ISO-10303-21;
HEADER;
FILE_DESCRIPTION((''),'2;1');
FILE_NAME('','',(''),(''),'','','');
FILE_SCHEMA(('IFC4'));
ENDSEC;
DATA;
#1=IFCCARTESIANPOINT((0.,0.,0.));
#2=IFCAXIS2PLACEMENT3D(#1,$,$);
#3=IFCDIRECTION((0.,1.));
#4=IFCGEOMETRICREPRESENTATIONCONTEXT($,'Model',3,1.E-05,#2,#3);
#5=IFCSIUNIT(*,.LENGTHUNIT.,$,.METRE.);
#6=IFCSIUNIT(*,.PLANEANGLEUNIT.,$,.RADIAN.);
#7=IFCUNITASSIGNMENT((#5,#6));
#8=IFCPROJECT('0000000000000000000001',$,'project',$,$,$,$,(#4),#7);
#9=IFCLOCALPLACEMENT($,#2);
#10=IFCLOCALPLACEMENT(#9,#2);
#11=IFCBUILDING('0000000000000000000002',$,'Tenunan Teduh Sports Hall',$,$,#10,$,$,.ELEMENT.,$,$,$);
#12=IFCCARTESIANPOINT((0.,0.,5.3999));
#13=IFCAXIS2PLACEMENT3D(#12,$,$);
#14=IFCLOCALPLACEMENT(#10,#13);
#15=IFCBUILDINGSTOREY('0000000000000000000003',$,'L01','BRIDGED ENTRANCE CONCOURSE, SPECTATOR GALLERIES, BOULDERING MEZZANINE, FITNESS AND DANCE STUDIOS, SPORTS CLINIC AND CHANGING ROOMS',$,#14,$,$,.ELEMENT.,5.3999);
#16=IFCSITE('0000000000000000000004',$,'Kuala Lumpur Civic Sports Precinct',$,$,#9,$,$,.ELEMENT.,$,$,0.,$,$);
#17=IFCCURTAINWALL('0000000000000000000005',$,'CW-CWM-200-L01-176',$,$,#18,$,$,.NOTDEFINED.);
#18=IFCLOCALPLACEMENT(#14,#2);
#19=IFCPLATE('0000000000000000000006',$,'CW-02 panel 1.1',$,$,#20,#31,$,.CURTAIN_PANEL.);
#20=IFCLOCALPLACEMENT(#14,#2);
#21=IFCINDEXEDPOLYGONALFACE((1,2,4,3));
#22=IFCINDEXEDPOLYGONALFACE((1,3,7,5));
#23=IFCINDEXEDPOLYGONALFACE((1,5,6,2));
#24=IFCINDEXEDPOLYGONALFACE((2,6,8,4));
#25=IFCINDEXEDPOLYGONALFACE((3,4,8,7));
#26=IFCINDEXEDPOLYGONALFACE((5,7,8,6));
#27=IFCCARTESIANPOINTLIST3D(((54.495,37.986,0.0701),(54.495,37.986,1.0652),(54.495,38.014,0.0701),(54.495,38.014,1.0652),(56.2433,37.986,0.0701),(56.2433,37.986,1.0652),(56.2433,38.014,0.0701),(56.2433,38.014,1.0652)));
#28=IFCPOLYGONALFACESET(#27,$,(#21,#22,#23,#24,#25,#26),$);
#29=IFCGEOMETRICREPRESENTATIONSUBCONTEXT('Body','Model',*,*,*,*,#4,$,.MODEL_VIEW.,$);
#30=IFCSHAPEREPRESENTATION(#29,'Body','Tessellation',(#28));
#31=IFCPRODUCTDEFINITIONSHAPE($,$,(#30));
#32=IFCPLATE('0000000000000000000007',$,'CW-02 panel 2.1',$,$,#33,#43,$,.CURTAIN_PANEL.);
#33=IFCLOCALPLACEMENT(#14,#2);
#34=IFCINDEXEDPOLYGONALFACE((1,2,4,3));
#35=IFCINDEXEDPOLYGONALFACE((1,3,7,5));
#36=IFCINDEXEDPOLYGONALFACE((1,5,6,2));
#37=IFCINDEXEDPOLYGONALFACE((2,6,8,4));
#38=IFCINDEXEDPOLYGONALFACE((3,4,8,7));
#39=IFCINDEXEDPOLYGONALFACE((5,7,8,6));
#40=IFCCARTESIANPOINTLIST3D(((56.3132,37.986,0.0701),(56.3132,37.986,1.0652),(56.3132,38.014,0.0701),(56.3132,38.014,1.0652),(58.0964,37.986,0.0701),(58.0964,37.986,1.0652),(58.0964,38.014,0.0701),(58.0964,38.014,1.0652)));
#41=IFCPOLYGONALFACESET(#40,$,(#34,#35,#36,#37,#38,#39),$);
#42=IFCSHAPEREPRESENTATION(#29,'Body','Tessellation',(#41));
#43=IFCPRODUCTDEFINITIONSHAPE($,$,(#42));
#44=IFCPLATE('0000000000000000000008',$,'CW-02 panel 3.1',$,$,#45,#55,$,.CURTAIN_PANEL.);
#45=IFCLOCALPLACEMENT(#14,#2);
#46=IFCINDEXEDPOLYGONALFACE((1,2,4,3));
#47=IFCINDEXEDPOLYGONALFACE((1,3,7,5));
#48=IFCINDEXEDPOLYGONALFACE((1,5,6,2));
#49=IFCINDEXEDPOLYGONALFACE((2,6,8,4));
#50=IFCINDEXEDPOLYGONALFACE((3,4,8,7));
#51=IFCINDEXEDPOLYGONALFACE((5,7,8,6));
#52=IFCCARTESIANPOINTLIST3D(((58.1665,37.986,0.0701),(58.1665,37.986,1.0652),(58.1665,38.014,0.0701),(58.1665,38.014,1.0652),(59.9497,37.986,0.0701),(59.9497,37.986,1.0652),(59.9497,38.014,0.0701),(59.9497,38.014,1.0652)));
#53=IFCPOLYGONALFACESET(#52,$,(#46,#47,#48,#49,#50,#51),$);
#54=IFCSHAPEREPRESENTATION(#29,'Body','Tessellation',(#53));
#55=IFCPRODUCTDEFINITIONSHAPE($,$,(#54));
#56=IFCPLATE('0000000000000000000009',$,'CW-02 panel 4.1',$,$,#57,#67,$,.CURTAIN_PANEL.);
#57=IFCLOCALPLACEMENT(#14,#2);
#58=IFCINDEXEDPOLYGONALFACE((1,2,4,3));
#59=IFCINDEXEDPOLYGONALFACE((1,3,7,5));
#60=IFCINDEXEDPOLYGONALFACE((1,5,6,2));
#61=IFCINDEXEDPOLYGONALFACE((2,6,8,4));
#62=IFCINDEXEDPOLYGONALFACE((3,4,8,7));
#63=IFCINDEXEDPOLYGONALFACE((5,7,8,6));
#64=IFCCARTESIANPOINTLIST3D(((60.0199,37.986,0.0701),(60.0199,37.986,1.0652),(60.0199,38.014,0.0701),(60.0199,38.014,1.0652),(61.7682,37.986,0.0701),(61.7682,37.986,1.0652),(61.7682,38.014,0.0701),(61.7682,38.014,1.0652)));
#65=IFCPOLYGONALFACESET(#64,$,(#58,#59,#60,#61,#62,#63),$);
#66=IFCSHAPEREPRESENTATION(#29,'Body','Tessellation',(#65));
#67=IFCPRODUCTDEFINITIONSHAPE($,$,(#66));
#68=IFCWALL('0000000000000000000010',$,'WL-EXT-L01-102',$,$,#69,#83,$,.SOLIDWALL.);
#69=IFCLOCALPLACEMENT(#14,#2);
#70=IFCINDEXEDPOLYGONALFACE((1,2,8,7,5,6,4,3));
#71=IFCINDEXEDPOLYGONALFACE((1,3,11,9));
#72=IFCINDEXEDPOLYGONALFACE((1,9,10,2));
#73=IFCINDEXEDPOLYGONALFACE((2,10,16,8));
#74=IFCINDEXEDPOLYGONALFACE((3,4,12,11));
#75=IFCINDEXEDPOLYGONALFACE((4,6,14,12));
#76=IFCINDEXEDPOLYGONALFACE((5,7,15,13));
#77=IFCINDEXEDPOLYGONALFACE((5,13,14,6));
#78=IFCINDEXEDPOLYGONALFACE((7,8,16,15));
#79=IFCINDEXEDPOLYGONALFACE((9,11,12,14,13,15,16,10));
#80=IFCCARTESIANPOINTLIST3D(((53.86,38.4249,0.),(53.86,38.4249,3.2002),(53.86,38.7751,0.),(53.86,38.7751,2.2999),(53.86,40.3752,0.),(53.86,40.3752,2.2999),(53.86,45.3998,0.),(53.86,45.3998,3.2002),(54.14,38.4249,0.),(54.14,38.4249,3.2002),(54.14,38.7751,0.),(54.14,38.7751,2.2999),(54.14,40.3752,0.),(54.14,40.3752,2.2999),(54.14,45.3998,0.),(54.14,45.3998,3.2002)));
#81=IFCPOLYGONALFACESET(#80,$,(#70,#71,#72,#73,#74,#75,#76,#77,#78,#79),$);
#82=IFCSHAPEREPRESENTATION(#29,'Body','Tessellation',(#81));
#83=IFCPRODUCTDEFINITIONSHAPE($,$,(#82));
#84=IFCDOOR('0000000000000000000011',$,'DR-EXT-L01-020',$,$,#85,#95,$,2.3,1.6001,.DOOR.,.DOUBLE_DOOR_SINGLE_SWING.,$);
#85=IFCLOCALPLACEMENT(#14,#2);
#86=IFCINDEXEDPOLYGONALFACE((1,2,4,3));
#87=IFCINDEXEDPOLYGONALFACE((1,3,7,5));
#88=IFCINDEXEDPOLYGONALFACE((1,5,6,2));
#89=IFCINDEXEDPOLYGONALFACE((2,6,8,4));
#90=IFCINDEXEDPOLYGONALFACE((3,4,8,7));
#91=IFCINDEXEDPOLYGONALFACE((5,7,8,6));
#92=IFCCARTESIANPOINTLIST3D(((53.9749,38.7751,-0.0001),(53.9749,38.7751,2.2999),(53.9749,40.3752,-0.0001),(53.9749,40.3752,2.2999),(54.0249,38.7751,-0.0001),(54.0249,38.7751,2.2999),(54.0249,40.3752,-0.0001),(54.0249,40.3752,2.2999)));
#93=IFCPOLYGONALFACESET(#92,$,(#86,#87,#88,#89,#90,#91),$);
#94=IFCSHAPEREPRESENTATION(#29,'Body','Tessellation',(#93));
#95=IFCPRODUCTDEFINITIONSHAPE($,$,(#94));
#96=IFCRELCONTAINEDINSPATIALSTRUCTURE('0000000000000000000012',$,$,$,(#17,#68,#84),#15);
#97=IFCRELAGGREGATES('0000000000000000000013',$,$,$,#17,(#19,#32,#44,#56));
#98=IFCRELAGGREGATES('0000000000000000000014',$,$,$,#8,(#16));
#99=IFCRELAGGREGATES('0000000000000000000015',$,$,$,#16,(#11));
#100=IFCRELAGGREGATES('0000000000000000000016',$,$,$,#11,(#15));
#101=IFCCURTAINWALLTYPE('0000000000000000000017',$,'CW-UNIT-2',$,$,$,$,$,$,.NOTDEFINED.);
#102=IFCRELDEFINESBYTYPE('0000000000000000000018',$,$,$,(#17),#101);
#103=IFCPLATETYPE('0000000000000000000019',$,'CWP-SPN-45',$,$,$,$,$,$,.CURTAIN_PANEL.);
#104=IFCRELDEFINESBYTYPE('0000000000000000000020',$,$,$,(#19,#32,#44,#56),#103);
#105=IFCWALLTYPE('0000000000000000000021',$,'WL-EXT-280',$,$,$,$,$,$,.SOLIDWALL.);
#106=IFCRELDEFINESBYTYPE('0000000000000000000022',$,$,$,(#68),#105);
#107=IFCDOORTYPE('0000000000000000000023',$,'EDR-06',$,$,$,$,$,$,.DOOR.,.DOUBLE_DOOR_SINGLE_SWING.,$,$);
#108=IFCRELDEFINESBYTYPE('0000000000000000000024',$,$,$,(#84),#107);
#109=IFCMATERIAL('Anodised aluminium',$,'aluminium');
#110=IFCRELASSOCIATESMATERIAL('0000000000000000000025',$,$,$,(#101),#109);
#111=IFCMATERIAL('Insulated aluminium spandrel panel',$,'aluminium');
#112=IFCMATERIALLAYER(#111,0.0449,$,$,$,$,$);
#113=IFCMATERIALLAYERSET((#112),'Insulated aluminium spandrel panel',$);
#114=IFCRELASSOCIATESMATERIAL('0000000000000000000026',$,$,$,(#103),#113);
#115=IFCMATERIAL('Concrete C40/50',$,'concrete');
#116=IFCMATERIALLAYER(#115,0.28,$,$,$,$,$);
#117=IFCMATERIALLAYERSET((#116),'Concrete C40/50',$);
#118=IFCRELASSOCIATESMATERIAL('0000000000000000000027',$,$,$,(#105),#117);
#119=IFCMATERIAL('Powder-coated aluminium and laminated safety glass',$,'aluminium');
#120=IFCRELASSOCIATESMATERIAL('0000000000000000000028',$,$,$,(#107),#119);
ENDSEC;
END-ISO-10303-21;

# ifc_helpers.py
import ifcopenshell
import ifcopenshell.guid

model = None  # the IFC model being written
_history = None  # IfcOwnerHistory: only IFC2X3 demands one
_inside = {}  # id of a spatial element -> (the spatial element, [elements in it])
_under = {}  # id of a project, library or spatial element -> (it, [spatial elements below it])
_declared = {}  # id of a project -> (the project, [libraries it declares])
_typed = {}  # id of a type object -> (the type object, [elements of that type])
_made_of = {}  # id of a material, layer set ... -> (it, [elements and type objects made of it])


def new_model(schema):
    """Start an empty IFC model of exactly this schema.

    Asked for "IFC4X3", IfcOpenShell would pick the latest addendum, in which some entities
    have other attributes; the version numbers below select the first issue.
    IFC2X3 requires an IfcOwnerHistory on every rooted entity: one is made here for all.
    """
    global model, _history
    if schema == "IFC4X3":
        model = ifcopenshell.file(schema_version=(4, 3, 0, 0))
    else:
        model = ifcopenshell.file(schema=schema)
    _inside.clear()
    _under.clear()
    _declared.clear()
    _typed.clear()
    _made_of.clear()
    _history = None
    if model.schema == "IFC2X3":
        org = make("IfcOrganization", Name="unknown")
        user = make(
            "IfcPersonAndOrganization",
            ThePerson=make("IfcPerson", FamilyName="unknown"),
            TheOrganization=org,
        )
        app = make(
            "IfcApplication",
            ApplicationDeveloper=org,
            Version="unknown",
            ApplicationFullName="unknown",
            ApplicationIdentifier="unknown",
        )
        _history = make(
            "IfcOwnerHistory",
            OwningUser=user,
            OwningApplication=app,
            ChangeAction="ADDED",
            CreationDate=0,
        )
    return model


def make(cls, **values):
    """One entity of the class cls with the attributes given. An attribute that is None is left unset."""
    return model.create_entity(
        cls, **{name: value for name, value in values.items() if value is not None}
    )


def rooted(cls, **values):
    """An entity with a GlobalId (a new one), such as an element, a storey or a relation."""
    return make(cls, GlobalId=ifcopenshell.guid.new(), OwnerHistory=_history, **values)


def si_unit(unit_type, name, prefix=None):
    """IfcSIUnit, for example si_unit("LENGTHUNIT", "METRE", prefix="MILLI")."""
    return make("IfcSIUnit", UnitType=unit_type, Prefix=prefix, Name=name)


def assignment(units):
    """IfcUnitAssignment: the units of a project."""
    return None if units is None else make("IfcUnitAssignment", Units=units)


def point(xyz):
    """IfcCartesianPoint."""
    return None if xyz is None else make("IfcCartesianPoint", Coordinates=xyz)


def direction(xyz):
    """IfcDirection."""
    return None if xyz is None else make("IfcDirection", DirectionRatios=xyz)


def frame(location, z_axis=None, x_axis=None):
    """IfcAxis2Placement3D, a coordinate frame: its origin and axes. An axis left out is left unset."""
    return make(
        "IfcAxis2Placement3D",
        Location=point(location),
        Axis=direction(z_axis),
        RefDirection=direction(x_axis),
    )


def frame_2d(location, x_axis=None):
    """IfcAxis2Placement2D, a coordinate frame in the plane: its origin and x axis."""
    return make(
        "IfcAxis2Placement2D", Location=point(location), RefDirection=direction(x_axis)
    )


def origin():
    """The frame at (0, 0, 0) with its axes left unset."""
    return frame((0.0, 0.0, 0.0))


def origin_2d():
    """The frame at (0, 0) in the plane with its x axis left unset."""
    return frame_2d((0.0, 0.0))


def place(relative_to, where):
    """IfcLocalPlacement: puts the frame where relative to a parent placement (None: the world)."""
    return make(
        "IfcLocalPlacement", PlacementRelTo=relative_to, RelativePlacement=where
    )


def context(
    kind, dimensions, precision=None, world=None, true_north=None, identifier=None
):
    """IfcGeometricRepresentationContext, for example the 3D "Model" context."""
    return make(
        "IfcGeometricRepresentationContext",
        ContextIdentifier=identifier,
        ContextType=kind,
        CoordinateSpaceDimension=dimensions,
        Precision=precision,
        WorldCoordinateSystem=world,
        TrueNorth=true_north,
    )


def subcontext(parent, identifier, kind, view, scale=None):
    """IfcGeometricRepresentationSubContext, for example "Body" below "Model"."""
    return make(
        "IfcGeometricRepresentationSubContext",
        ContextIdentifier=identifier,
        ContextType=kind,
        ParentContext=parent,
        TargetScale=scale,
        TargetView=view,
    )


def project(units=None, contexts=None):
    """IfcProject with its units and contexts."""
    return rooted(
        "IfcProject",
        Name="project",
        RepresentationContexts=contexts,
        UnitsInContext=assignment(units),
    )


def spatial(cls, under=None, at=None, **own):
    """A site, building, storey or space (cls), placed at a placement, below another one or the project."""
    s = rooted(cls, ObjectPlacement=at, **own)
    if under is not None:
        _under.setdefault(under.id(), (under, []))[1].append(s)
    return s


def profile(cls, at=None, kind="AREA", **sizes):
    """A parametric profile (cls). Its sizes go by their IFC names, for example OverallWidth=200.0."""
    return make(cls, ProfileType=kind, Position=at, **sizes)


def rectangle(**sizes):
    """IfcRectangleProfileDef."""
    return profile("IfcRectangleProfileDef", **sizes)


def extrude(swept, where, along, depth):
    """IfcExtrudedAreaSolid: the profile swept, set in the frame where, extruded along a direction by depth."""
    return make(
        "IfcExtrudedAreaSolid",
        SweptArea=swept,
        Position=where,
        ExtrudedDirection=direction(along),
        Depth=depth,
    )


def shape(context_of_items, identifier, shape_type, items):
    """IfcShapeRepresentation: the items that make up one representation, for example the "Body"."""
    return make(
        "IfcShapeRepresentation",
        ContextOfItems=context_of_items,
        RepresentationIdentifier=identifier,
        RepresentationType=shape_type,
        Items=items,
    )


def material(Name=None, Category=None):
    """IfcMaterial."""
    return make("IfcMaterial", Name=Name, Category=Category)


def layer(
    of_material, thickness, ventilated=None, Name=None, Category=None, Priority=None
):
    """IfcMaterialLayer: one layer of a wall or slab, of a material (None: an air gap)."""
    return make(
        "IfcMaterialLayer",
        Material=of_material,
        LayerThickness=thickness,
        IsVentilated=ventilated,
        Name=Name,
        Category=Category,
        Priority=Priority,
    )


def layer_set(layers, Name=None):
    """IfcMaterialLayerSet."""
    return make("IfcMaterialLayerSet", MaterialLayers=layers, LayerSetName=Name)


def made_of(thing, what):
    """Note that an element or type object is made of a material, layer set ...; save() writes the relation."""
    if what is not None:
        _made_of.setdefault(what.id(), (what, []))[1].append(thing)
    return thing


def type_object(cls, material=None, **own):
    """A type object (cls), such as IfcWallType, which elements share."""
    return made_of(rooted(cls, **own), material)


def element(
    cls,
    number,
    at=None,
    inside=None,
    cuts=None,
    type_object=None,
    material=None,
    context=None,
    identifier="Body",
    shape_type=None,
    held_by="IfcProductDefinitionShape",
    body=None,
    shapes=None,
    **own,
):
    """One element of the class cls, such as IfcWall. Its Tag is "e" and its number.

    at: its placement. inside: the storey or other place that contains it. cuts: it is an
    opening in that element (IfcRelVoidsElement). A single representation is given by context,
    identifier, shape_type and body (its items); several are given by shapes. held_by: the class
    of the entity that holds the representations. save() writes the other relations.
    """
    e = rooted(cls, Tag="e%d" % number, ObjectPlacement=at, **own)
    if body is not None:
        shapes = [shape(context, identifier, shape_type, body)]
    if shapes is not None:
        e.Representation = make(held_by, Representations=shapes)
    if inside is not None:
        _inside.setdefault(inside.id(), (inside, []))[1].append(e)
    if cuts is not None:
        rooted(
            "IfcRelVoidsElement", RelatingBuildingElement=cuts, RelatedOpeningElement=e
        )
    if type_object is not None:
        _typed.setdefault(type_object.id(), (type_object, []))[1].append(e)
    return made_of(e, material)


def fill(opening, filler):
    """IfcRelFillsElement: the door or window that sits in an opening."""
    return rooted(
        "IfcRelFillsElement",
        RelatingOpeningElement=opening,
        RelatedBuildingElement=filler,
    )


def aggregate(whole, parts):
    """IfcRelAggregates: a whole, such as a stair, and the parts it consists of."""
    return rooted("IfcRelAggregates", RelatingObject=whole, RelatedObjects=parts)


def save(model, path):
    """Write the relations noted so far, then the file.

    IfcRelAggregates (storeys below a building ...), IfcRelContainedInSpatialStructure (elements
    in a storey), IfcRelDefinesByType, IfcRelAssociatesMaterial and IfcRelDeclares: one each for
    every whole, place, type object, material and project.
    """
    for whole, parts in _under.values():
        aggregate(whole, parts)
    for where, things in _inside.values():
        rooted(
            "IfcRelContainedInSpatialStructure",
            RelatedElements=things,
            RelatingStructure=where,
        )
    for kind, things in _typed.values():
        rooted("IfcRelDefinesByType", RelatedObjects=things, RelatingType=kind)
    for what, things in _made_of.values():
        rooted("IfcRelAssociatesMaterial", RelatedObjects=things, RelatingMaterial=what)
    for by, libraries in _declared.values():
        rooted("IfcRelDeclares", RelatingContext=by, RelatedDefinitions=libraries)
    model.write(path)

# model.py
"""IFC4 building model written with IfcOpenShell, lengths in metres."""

from ifc_helpers import new_model, si_unit, direction, frame, frame_2d, origin, origin_2d, place, context, subcontext, project, spatial, rectangle, extrude, material, layer, layer_set, type_object, element, fill, aggregate, save


model = new_model("IFC4")

# Units and contexts
model_context = context("Model", 3, precision=1e-05, world=origin(), true_north=direction((0.0, 1.0)))
body_context = subcontext(model_context, "Body", "Model", "MODEL_VIEW")
ifc_project = project(units=[si_unit("LENGTHUNIT", "METRE"), si_unit("PLANEANGLEUNIT", "RADIAN")], contexts=[model_context])

# Site, building, storey
site_placement = place(None, origin())
site = spatial("IfcSite", under=ifc_project, at=site_placement, Name="Kuala Lumpur Civic Sports Precinct", CompositionType="ELEMENT", RefElevation=0.0)
building_placement = place(site_placement, origin())
building = spatial("IfcBuilding", under=site, at=building_placement, Name="Tenunan Teduh Sports Hall", CompositionType="ELEMENT")
storey_placement = place(building_placement, frame((0.0, 0.0, 5.3999)))
storey = spatial("IfcBuildingStorey", under=building, at=storey_placement, Name="L01", Description="BRIDGED ENTRANCE CONCOURSE, SPECTATOR GALLERIES, BOULDERING MEZZANINE, FITNESS AND DANCE STUDIOS, SPORTS CLINIC AND CHANGING ROOMS", CompositionType="ELEMENT", Elevation=5.3999)

# Curtain wall
ifc_material_1 = material(Name="Anodised aluminium", Category="aluminium")
curtain_wall_type = type_object("IfcCurtainWallType", Name="CW-UNIT-2", PredefinedType="NOTDEFINED", material=ifc_material_1)
curtain_wall_placement = place(storey_placement, origin())
curtain_wall = element("IfcCurtainWall", 1, at=curtain_wall_placement, inside=storey, type_object=curtain_wall_type, Name="CW-CWM-200-L01-176", PredefinedType="NOTDEFINED")

# Plates
ifc_material_2 = material(Name="Insulated aluminium spandrel panel", Category="aluminium")
ifc_layer_1 = layer(ifc_material_2, 0.0449)
ifc_layer_set_1 = layer_set([ifc_layer_1], Name="Insulated aluminium spandrel panel")
plate_type_1 = type_object("IfcPlateType", Name="CWP-SPN-45", PredefinedType="CURTAIN_PANEL", material=ifc_layer_set_1)
plate_1_placement = place(storey_placement, frame((55.3691, 38.0, 0.0701), z_axis=(0.0, 0.0, 1.0), x_axis=(1.0, 0.0, 0.0)))
plate_1 = element("IfcPlate", 2, at=plate_1_placement, type_object=plate_type_1, Name="CW-02 panel 1.1", PredefinedType="CURTAIN_PANEL", context=body_context, shape_type="SweptSolid", body=[
    extrude(rectangle(XDim=1.7483, YDim=0.0281, at=origin_2d()), origin(), (0.0, 0.0, 1.0), 0.9951),
])
plate_2_placement = place(storey_placement, frame((57.2048, 38.0, 0.0701), z_axis=(0.0, 0.0, 1.0), x_axis=(1.0, 0.0, 0.0)))
plate_2 = element("IfcPlate", 3, at=plate_2_placement, type_object=plate_type_1, Name="CW-02 panel 2.1", PredefinedType="CURTAIN_PANEL", context=body_context, shape_type="SweptSolid", body=[
    extrude(rectangle(XDim=1.7832, YDim=0.0281, at=origin_2d()), origin(), (0.0, 0.0, 1.0), 0.9951),
])
plate_3_placement = place(storey_placement, frame((59.0581, 38.0, 0.0701), z_axis=(0.0, 0.0, 1.0), x_axis=(1.0, 0.0, 0.0)))
plate_3 = element("IfcPlate", 4, at=plate_3_placement, type_object=plate_type_1, Name="CW-02 panel 3.1", PredefinedType="CURTAIN_PANEL", context=body_context, shape_type="SweptSolid", body=[
    extrude(rectangle(XDim=1.7832, YDim=0.0281, at=origin_2d()), origin(), (0.0, 0.0, 1.0), 0.9951),
])
plate_4_placement = place(storey_placement, frame((60.894, 38.0, 0.0701), z_axis=(0.0, 0.0, 1.0), x_axis=(1.0, 0.0, 0.0)))
plate_4 = element("IfcPlate", 5, at=plate_4_placement, type_object=plate_type_1, Name="CW-02 panel 4.1", PredefinedType="CURTAIN_PANEL", context=body_context, shape_type="SweptSolid", body=[
    extrude(rectangle(XDim=1.7483, YDim=0.0281, at=origin_2d()), origin(), (0.0, 0.0, 1.0), 0.9951),
])
aggregate(curtain_wall, [plate_1, plate_2, plate_3, plate_4])

# Wall, opening, door
ifc_material_3 = material(Name="Concrete C40/50", Category="concrete")
ifc_layer_2 = layer(ifc_material_3, 0.28)
ifc_layer_set_2 = layer_set([ifc_layer_2], Name="Concrete C40/50")
wall_type = type_object("IfcWallType", Name="WL-EXT-280", PredefinedType="SOLIDWALL", material=ifc_layer_set_2)
wall_placement = place(storey_placement, frame((54.0, 38.425, 0.0), z_axis=(0.0, 0.0, 1.0), x_axis=(0.0, 1.0, 0.0)))
wall = element("IfcWall", 6, at=wall_placement, inside=storey, type_object=wall_type, Name="WL-EXT-L01-102", PredefinedType="SOLIDWALL", context=body_context, shape_type="SweptSolid", body=[
    extrude(rectangle(XDim=6.9749, YDim=0.28, at=frame_2d((3.4873, 0.0))), origin(), (0.0, 0.0, 1.0), 3.2002),
])
opening_placement = place(wall_placement, frame((0.3501, 0.0, 0.0)))
opening = element("IfcOpeningElement", 7, at=opening_placement, cuts=wall, PredefinedType="OPENING", context=body_context, shape_type="SweptSolid", body=[
    extrude(rectangle(XDim=1.6001, YDim=2.3, at=frame_2d((0.8, 1.1499))), frame((0.0, 0.1499, 0.0), z_axis=(0.0, -1.0, 0.0), x_axis=(1.0, 0.0, 0.0)), (0.0, 0.0, 1.0), 0.3),
])
ifc_material_4 = material(Name="Powder-coated aluminium and laminated safety glass", Category="aluminium")
door_type = type_object("IfcDoorType", Name="EDR-06", OperationType="DOUBLE_DOOR_SINGLE_SWING", PredefinedType="DOOR", material=ifc_material_4)
door_placement = place(opening_placement, frame((1.6001, 0.0, 0.0), z_axis=(0.0, 0.0, 1.0), x_axis=(-1.0, 0.0, 0.0)))
door = element("IfcDoor", 8, at=door_placement, inside=storey, type_object=door_type, Name="DR-EXT-L01-020", OperationType="DOUBLE_DOOR_SINGLE_SWING", OverallHeight=2.3, OverallWidth=1.6001, PredefinedType="DOOR", context=body_context, shape_type="SweptSolid", body=[
    extrude(rectangle(XDim=1.6001, YDim=2.3, at=frame_2d((0.8, 1.1499))), frame((0.0, 0.0249, 0.0), z_axis=(0.0, -1.0, 0.0), x_axis=(1.0, 0.0, 0.0)), (0.0, 0.0, 1.0), 0.05),
])
fill(opening, door)

save(model, "model.ifc")
